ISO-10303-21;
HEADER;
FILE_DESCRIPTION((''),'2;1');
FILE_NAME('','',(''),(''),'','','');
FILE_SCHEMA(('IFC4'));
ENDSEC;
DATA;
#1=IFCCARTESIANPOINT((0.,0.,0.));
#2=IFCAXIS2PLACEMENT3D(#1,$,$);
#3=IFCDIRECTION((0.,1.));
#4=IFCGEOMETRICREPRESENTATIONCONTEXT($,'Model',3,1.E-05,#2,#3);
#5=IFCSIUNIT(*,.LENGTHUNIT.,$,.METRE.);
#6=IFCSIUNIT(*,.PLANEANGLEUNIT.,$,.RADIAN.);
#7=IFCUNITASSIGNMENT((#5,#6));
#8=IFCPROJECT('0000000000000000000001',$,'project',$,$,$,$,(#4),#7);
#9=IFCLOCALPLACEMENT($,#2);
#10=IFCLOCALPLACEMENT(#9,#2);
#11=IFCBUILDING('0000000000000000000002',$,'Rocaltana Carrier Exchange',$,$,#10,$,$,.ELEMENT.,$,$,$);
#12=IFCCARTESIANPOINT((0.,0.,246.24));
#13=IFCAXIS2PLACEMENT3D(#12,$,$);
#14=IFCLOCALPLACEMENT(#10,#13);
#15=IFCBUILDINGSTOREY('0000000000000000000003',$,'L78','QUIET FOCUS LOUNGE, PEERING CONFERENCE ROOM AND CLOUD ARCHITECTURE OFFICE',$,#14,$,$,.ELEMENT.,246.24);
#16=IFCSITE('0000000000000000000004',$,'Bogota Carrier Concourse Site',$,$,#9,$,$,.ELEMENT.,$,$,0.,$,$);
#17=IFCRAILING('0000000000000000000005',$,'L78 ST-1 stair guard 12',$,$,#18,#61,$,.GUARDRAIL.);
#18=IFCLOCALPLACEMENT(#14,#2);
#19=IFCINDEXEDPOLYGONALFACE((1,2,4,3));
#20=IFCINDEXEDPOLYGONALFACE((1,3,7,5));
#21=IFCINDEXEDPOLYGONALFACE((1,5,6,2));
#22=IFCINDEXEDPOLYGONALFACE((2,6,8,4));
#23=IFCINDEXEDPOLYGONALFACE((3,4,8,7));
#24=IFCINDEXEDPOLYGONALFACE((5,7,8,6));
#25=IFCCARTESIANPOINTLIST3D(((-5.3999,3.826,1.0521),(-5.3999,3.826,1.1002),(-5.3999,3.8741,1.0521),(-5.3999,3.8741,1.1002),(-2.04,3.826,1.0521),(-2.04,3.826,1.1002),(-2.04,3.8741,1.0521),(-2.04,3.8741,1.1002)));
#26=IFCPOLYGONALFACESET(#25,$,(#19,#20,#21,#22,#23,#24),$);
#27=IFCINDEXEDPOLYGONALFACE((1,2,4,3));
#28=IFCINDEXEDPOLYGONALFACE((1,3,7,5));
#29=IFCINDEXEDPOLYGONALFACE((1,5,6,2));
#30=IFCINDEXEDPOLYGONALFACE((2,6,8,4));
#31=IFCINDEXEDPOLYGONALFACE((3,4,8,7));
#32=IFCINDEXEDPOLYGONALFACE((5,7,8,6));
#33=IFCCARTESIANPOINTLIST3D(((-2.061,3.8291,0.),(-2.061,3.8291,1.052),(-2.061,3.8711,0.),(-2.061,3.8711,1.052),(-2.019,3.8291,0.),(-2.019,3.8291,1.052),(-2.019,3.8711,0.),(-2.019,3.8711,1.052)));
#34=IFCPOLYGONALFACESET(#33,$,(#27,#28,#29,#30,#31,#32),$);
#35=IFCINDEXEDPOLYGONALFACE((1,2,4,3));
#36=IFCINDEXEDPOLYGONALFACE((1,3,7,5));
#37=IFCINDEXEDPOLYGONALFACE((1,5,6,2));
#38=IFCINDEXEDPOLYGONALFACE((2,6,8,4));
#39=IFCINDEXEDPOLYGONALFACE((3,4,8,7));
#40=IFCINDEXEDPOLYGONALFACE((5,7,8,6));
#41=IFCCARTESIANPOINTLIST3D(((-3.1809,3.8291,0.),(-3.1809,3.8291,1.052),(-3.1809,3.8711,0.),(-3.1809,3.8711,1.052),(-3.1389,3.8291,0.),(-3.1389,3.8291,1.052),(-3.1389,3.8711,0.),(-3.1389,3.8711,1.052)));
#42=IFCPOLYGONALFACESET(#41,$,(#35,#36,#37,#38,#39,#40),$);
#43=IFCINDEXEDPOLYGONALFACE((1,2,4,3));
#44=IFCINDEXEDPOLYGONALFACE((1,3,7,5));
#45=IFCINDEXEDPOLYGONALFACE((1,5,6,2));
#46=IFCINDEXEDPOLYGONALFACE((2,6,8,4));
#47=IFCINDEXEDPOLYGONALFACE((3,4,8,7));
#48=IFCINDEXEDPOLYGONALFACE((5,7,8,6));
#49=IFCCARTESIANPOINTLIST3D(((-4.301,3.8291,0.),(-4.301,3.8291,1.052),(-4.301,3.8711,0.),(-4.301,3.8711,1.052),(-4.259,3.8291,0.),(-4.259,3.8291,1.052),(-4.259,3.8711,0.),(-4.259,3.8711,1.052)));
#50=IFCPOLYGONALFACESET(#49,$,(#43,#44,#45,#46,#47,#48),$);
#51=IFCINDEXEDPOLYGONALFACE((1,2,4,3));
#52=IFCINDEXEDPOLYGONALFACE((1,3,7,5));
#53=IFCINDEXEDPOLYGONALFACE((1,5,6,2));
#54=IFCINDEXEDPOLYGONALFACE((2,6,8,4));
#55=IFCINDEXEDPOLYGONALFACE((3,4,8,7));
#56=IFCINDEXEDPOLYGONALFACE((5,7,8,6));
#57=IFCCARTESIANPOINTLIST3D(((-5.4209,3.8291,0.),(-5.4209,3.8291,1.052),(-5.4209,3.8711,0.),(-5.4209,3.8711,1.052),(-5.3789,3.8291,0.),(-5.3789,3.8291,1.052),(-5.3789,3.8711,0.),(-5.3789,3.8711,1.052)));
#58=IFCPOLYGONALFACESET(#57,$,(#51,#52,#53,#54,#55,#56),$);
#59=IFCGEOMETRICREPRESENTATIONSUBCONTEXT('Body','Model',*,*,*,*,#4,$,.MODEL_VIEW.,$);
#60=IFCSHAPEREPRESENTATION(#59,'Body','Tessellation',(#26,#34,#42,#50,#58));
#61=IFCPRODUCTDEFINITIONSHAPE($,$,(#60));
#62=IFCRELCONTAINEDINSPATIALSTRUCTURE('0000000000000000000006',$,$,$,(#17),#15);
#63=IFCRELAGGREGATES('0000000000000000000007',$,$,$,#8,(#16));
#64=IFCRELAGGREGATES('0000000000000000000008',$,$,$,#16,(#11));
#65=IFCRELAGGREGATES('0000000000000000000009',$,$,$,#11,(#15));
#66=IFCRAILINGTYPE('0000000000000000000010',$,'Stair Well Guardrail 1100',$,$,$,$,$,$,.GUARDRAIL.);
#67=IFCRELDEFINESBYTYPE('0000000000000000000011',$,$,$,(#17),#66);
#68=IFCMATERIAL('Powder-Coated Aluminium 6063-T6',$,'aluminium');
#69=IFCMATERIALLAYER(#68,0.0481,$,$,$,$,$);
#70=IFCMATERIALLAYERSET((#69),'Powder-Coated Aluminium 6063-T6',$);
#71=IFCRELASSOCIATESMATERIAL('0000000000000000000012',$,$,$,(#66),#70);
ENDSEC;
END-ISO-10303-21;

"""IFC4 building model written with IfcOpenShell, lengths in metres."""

from ifc_helpers import new_model, si_unit, direction, frame, origin, origin_2d, place, context, subcontext, project, spatial, rectangle, extrude, material, layer, layer_set, type_object, element, save


model = new_model("IFC4")

# Units and contexts
model_context = context("Model", 3, precision=1e-05, world=origin(), true_north=direction((0.0, 1.0)))
body_context = subcontext(model_context, "Body", "Model", "MODEL_VIEW")
ifc_project = project(units=[si_unit("LENGTHUNIT", "METRE"), si_unit("PLANEANGLEUNIT", "RADIAN")], contexts=[model_context])

# Site, building, storey
site_placement = place(None, origin())
site = spatial("IfcSite", under=ifc_project, at=site_placement, Name="Bogota Carrier Concourse Site", CompositionType="ELEMENT", RefElevation=0.0)
building_placement = place(site_placement, origin())
building = spatial("IfcBuilding", under=site, at=building_placement, Name="Rocaltana Carrier Exchange", CompositionType="ELEMENT")
storey_placement = place(building_placement, frame((0.0, 0.0, 246.24)))
storey = spatial("IfcBuildingStorey", under=building, at=storey_placement, Name="L78", Description="QUIET FOCUS LOUNGE, PEERING CONFERENCE ROOM AND CLOUD ARCHITECTURE OFFICE", CompositionType="ELEMENT", Elevation=246.24)

# Railing
ifc_material_1 = material(Name="Powder-Coated Aluminium 6063-T6", Category="aluminium")
ifc_layer_1 = layer(ifc_material_1, 0.0481)
ifc_layer_set_1 = layer_set([ifc_layer_1], Name="Powder-Coated Aluminium 6063-T6")
railing_type_1 = type_object("IfcRailingType", Name="Stair Well Guardrail 1100", PredefinedType="GUARDRAIL", material=ifc_layer_set_1)
railing_1_placement = place(storey_placement, frame((-2.04, 3.8501, 0.0)))
element("IfcRailing", 1, at=railing_1_placement, inside=storey, type_object=railing_type_1, Name="L78 ST-1 stair guard 12", PredefinedType="GUARDRAIL", context=body_context, shape_type="SweptSolid", body=[
    extrude(rectangle(XDim=0.0481, YDim=0.0481, at=origin_2d()), frame((0.0, 0.0, 1.0762), z_axis=(-1.0, 0.0, 0.0), x_axis=(0.0, -1.0, 0.0)), (0.0, 0.0, 1.0), 3.3599),
    extrude(rectangle(XDim=0.042, YDim=0.042, at=origin_2d()), origin(), (0.0, 0.0, 1.0), 1.052),
    extrude(rectangle(XDim=0.042, YDim=0.042, at=origin_2d()), frame((-1.1199, 0.0, 0.0)), (0.0, 0.0, 1.0), 1.052),
    extrude(rectangle(XDim=0.042, YDim=0.042, at=origin_2d()), frame((-2.24, 0.0, 0.0)), (0.0, 0.0, 1.0), 1.052),
    extrude(rectangle(XDim=0.042, YDim=0.042, at=origin_2d()), frame((-3.3599, 0.0, 0.0)), (0.0, 0.0, 1.0), 1.052),
])

save(model, "model.ifc")
